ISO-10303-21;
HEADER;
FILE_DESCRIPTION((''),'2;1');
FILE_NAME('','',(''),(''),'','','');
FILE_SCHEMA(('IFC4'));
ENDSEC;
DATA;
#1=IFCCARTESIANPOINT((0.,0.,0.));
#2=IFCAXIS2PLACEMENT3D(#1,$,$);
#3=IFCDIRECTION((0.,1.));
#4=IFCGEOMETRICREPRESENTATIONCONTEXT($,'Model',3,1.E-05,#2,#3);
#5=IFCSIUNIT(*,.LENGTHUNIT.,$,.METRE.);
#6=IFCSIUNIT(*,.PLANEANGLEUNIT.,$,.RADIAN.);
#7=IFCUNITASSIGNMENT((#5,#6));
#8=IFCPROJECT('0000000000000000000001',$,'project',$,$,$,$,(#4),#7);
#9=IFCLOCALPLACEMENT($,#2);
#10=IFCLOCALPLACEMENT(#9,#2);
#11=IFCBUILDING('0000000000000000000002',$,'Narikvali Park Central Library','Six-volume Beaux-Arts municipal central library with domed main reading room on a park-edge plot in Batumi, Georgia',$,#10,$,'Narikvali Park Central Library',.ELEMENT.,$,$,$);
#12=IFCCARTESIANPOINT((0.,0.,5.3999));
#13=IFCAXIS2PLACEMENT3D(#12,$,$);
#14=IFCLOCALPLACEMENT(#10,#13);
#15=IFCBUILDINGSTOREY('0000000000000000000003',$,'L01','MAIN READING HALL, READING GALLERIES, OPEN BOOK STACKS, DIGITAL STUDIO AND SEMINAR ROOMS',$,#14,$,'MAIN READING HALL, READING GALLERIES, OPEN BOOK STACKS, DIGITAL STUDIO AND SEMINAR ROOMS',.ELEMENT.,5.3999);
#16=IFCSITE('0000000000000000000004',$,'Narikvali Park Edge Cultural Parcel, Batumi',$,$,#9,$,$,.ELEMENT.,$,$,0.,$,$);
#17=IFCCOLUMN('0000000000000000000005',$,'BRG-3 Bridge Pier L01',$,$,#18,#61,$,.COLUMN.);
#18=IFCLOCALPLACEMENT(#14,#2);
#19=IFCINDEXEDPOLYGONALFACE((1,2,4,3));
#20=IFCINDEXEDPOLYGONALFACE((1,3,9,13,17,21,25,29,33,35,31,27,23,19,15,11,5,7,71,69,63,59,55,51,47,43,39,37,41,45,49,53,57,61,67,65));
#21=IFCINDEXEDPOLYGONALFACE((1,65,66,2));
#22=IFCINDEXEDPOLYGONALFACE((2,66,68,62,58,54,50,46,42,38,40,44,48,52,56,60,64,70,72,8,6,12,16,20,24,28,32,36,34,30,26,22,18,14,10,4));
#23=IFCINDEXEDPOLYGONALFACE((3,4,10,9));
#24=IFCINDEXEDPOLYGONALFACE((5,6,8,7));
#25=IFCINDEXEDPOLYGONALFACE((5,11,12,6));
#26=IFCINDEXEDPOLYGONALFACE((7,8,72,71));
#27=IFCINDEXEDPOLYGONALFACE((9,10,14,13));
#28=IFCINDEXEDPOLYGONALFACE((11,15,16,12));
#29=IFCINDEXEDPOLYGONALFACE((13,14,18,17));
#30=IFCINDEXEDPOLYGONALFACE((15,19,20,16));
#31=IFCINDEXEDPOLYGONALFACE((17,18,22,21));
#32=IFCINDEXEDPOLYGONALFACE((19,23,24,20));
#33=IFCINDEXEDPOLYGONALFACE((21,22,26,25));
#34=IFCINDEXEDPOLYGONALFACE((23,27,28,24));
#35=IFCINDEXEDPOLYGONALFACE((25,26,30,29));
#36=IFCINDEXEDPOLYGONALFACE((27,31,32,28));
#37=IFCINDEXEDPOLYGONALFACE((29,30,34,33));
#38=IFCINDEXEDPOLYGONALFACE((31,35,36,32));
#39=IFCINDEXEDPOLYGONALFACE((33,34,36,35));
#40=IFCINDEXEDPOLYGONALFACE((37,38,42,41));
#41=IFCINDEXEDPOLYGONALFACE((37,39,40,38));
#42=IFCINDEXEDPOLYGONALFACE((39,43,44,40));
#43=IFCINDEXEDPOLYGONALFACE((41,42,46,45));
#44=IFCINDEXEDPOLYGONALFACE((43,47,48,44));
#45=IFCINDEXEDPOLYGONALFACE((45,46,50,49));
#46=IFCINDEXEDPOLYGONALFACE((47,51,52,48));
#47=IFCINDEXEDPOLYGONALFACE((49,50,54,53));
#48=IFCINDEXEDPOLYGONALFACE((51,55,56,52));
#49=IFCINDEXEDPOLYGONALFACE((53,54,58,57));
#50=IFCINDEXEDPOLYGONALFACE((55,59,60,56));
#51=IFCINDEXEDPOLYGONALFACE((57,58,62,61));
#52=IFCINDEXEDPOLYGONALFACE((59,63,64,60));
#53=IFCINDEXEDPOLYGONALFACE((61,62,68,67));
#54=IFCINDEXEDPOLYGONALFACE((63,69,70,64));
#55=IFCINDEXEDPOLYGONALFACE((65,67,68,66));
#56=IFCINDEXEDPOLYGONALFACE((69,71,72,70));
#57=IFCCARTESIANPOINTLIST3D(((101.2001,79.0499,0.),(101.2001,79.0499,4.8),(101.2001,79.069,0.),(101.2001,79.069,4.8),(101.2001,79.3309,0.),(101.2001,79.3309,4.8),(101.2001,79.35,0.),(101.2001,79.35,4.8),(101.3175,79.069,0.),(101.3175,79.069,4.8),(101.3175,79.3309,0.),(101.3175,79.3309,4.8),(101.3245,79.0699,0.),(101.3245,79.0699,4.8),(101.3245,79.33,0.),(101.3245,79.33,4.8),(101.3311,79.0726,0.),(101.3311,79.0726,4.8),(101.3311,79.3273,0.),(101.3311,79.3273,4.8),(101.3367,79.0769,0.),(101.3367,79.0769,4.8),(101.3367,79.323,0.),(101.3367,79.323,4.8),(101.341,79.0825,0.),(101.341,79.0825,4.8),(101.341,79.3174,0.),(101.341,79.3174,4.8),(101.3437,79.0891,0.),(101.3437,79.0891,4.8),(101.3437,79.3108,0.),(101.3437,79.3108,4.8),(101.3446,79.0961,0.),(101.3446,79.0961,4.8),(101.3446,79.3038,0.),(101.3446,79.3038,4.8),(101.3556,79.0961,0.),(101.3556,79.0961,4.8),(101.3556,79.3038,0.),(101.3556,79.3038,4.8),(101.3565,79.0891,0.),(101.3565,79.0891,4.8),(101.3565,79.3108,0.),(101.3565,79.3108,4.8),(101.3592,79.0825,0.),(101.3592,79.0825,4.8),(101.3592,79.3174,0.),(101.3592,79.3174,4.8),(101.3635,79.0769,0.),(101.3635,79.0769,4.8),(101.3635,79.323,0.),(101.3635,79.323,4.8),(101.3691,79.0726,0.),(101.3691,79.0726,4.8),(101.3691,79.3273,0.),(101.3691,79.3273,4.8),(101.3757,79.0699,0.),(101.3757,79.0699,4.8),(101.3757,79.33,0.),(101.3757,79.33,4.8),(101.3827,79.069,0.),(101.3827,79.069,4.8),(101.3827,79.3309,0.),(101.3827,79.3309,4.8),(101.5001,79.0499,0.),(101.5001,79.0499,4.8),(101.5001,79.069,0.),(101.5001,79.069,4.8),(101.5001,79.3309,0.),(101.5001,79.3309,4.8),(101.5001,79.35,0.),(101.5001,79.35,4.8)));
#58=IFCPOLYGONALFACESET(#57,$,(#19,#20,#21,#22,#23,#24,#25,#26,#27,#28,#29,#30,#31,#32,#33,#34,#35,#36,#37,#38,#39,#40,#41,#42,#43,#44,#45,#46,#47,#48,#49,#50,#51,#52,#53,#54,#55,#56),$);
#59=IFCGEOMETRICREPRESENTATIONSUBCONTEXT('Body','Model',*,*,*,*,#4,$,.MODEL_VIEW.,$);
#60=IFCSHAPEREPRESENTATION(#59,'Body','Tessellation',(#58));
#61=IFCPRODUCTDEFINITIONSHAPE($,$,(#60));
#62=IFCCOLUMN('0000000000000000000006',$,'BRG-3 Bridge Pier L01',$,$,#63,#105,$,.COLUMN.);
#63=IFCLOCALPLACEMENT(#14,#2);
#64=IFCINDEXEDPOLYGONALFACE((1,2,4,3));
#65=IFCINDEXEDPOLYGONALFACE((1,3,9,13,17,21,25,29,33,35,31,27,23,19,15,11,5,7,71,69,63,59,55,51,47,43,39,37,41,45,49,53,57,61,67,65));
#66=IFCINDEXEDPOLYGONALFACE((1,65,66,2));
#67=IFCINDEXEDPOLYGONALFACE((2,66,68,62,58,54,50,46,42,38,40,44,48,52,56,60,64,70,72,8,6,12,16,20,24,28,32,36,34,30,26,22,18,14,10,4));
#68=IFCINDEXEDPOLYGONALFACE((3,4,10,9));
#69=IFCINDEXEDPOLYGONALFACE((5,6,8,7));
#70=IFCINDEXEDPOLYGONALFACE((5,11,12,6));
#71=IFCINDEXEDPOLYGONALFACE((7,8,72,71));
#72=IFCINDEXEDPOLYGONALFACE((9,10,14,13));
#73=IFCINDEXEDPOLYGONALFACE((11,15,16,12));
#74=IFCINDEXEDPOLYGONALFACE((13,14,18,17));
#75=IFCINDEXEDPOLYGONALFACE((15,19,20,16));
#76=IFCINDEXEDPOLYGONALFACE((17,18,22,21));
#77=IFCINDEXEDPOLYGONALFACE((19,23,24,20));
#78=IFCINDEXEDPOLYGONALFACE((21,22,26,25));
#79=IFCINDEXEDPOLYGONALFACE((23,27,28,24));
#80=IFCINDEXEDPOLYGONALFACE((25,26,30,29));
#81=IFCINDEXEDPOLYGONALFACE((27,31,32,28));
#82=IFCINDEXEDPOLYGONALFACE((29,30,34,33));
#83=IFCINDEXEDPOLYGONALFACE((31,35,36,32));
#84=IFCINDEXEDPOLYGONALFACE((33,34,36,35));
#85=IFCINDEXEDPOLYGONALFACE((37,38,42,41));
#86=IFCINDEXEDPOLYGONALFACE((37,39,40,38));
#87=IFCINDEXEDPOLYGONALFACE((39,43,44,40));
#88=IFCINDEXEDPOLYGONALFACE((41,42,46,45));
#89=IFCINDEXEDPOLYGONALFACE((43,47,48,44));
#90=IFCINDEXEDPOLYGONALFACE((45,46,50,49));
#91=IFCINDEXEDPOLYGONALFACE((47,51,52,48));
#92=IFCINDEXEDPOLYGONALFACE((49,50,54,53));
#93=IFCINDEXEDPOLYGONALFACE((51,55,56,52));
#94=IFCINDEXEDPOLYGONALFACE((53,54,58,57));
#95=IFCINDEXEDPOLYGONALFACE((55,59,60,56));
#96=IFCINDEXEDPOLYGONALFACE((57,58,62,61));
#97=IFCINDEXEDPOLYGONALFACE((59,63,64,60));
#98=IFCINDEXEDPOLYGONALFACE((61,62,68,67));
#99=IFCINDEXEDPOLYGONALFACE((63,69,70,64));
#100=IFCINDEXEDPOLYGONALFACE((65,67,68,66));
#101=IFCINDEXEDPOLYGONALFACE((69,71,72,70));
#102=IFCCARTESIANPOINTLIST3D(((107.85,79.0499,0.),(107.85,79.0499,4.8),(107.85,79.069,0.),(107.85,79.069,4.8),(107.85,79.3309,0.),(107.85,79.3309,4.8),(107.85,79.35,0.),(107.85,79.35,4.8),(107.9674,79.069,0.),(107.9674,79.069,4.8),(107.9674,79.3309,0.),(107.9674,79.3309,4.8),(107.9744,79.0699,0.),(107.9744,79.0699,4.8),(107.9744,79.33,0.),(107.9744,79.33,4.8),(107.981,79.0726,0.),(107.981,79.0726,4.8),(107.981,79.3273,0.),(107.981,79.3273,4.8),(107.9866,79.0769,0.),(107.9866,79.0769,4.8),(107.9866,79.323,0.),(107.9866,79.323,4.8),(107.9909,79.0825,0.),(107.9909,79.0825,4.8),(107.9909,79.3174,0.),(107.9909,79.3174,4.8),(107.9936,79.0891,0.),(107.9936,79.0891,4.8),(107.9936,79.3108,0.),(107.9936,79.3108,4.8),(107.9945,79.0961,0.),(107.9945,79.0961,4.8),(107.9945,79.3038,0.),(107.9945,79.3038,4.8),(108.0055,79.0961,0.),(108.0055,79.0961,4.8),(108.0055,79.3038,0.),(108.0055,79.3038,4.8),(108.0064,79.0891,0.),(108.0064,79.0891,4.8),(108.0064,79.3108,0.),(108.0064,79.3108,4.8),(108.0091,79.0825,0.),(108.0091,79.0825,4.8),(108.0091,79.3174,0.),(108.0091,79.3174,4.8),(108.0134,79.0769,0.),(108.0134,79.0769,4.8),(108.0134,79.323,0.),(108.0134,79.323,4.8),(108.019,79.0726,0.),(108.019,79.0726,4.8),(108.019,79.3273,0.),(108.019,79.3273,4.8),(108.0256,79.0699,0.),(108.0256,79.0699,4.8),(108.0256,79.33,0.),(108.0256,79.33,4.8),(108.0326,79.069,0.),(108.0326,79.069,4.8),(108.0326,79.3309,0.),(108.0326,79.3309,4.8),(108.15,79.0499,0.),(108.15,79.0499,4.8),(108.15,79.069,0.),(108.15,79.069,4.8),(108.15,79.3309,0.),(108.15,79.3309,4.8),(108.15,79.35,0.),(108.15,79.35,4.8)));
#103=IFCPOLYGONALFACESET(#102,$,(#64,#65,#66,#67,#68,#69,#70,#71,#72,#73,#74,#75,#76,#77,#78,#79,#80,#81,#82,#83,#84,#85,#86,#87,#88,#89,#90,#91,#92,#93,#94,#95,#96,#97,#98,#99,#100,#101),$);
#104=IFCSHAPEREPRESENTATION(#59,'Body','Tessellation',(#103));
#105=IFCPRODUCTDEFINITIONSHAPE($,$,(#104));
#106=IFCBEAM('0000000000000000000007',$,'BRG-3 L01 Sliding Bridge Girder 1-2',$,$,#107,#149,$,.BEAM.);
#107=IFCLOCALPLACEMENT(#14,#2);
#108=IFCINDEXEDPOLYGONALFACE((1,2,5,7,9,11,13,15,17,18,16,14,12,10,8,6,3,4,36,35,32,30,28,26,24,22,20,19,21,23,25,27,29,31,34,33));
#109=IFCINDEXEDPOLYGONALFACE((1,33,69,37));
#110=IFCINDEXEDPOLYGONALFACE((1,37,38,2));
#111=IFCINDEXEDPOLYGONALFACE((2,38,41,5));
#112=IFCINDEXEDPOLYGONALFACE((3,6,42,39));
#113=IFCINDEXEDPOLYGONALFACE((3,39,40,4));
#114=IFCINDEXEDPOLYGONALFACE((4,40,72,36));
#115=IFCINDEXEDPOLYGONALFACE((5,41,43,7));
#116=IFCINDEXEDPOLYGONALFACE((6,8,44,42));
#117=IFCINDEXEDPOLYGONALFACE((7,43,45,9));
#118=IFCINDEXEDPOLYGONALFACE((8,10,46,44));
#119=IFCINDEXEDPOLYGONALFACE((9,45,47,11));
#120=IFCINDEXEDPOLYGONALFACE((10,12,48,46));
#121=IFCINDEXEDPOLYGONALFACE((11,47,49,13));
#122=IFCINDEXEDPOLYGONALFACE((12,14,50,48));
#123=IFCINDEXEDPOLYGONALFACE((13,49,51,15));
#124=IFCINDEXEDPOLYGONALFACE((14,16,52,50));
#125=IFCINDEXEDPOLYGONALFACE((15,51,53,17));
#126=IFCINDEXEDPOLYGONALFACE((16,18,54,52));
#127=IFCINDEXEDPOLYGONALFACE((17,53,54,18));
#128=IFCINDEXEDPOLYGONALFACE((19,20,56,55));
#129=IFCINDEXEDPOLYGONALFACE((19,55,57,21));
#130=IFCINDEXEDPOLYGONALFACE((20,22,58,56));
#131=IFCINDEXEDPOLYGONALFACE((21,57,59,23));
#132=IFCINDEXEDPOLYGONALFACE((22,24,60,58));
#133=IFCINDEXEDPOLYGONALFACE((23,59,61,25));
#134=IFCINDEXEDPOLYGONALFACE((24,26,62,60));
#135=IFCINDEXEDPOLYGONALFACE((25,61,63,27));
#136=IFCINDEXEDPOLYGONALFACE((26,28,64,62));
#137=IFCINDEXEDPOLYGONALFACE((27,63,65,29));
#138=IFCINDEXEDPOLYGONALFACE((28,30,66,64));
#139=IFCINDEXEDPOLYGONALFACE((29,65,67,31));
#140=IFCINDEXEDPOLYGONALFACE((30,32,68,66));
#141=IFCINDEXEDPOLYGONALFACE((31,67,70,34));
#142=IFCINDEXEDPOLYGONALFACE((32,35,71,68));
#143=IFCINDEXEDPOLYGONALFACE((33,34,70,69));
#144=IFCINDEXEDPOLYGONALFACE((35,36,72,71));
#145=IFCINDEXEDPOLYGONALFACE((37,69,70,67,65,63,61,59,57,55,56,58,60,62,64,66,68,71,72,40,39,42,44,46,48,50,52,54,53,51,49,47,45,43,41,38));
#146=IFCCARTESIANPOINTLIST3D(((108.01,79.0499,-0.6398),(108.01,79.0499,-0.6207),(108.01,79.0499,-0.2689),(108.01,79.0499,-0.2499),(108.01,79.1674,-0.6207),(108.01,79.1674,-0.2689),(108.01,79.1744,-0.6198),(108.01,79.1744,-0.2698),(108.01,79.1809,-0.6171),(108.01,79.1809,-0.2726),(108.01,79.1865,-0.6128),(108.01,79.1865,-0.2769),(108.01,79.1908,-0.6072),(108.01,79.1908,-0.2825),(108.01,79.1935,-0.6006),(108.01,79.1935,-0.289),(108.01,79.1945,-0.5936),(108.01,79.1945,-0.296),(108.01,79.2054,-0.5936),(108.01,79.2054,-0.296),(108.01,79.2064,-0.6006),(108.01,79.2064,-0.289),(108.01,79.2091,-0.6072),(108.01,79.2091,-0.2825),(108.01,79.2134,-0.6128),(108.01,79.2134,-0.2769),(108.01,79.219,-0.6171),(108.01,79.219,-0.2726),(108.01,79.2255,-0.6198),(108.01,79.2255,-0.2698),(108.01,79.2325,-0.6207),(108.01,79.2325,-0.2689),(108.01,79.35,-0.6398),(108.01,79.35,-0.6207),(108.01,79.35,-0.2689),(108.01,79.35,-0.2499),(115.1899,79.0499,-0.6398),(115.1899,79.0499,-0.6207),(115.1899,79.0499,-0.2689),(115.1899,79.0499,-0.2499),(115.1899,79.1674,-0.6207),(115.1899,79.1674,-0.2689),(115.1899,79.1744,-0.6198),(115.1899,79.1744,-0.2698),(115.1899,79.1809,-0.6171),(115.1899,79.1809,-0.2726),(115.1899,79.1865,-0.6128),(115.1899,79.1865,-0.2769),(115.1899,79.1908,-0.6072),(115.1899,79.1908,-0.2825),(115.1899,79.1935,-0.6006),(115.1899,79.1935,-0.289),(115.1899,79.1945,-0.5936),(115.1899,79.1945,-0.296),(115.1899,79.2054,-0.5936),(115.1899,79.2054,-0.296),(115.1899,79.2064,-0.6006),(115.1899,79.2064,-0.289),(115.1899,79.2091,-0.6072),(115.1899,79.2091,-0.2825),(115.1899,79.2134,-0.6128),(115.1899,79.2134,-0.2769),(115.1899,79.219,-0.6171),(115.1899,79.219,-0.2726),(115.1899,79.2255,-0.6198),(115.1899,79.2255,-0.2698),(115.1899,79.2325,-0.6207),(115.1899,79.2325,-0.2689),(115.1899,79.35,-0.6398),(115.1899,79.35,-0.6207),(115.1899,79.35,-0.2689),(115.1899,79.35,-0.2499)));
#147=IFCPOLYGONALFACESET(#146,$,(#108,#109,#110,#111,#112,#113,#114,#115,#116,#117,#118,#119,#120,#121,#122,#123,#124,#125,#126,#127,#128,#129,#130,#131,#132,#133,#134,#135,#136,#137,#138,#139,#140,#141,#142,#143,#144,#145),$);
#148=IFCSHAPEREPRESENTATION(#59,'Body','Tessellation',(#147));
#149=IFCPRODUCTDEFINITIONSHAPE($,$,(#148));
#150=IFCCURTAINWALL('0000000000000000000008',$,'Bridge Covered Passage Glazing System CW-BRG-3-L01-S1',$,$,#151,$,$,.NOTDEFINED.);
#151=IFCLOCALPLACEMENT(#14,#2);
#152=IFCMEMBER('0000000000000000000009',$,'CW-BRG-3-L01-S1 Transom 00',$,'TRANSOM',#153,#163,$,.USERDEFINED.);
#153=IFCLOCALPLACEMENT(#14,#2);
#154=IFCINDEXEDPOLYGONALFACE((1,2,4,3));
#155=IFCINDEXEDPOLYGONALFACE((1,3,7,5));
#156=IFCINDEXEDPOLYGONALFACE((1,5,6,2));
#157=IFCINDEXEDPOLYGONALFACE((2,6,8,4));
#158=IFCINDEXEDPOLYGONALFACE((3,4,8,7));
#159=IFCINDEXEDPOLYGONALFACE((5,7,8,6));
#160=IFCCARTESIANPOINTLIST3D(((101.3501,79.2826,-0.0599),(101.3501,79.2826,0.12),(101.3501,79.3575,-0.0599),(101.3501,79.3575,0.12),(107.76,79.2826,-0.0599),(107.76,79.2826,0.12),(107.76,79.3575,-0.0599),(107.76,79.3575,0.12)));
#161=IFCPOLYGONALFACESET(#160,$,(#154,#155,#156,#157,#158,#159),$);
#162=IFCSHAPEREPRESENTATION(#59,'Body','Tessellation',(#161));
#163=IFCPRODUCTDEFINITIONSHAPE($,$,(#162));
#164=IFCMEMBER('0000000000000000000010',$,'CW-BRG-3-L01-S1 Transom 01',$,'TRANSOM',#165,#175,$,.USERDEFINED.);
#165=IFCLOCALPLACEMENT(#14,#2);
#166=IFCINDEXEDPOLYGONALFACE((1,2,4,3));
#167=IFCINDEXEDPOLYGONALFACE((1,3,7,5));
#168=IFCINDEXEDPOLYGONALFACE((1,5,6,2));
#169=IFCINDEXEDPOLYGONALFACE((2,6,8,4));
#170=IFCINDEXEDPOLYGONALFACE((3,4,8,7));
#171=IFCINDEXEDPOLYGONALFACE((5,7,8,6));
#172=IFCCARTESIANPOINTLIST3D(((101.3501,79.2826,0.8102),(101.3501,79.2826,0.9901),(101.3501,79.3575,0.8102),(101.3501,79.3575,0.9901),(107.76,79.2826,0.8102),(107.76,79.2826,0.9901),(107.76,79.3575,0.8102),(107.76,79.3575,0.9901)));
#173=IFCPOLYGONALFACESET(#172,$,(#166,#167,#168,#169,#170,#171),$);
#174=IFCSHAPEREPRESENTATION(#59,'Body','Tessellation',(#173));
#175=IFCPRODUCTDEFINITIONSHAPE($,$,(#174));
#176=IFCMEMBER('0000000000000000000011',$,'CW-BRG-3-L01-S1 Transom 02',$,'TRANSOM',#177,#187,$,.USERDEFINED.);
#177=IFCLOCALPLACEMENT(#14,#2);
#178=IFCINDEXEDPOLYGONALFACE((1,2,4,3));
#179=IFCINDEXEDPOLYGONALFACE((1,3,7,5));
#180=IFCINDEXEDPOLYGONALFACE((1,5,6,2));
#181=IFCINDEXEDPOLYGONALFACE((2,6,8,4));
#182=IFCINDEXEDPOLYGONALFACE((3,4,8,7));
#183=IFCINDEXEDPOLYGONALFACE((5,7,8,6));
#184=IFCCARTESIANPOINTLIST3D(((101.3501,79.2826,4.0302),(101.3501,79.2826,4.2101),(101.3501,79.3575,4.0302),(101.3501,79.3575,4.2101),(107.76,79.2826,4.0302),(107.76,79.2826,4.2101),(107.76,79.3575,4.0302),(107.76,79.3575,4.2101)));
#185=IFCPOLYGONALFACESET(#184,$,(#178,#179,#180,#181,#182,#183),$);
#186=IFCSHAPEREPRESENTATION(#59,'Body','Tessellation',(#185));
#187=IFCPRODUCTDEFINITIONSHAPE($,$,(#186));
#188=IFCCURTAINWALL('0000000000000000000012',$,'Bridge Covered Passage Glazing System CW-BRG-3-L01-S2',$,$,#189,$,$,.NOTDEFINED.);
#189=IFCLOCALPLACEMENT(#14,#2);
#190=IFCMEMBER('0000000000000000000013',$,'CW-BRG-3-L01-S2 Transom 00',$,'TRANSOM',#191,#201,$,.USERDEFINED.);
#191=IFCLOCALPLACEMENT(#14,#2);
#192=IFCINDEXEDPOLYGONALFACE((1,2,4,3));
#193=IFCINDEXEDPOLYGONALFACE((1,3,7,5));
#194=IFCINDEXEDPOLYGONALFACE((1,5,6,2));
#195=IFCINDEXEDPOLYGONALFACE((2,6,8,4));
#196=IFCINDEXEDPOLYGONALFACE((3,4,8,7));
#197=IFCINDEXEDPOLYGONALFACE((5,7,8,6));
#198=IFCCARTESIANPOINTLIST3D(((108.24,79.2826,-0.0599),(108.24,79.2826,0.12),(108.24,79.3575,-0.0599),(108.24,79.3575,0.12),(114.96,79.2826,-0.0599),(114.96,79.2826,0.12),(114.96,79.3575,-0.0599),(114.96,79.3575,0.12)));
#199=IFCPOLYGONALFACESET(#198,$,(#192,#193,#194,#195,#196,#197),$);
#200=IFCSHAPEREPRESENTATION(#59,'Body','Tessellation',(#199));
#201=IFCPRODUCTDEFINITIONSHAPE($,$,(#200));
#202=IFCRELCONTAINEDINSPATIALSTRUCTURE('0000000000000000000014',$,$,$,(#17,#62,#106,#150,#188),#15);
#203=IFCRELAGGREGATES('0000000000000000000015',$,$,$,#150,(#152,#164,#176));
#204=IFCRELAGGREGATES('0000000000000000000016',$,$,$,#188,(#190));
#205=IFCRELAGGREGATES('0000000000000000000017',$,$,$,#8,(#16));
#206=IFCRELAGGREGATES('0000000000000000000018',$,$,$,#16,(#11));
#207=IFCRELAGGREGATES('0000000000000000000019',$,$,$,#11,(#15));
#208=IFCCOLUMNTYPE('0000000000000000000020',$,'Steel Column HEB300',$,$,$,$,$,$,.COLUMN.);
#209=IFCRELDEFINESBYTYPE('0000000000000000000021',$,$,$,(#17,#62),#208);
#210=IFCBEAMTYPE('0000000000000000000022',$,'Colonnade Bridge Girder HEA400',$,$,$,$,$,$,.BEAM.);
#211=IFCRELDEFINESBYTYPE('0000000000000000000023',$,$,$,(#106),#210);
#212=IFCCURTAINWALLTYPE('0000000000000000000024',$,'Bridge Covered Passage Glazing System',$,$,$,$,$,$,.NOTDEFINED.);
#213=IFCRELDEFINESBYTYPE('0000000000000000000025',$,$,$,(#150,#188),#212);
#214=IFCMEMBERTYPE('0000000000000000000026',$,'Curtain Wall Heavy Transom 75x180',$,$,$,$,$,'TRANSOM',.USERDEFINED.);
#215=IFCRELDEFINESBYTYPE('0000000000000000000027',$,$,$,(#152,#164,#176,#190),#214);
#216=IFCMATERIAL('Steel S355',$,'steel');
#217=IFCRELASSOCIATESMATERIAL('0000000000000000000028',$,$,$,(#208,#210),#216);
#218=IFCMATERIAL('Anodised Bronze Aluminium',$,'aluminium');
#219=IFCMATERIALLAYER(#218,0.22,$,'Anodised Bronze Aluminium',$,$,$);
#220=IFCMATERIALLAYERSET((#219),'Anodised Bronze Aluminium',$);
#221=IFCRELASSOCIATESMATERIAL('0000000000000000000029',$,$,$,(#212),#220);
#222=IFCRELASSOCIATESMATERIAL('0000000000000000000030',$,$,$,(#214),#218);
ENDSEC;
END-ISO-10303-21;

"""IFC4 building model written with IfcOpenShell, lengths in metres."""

from ifc_helpers import new_model, si_unit, direction, frame, origin, origin_2d, place, context, subcontext, project, spatial, rectangle, i_section, extrude, material, layer, layer_set, material_profile, profile_set, type_object, element, aggregate, save


model = new_model("IFC4")

# Units and contexts
model_context = context("Model", 3, precision=1e-05, world=origin(), true_north=direction((0.0, 1.0)))
body_context = subcontext(model_context, "Body", "Model", "MODEL_VIEW")
ifc_project = project(units=[si_unit("LENGTHUNIT", "METRE"), si_unit("PLANEANGLEUNIT", "RADIAN")], contexts=[model_context])

# Site, building, storey
site_placement = place(None, origin())
site = spatial("IfcSite", under=ifc_project, at=site_placement, Name="Narikvali Park Edge Cultural Parcel, Batumi", CompositionType="ELEMENT", RefElevation=0.0)
building_placement = place(site_placement, origin())
building = spatial("IfcBuilding", under=site, at=building_placement, Name="Narikvali Park Central Library", Description="Six-volume Beaux-Arts municipal central library with domed main reading room on a park-edge plot in Batumi, Georgia", LongName="Narikvali Park Central Library", CompositionType="ELEMENT")
storey_placement = place(building_placement, frame((0.0, 0.0, 5.3999)))
storey = spatial("IfcBuildingStorey", under=building, at=storey_placement, Name="L01", Description="MAIN READING HALL, READING GALLERIES, OPEN BOOK STACKS, DIGITAL STUDIO AND SEMINAR ROOMS", LongName="MAIN READING HALL, READING GALLERIES, OPEN BOOK STACKS, DIGITAL STUDIO AND SEMINAR ROOMS", CompositionType="ELEMENT", Elevation=5.3999)

# Columns
ifc_material_1 = material(Name="Steel S355", Category="steel")
ifc_material_profile_1 = material_profile(ifc_material_1, i_section(OverallWidth=0.3, OverallDepth=0.3, WebThickness=0.011, FlangeThickness=0.019, FilletRadius=0.0271, at=origin_2d()), Name="HEB 300")
ifc_profile_set_1 = profile_set([ifc_material_profile_1], Name="Steel S355")
column_type = type_object("IfcColumnType", Name="Steel Column HEB300", PredefinedType="COLUMN", material=ifc_profile_set_1)
for number, where, z_axis, x_axis, name in (
    (1, (101.3501, 79.2, 0.0), (0.0, 0.0, 1.0), (1.0, 0.0, 0.0), "BRG-3 Bridge Pier L01"),
    (2, (108.0, 79.2, 0.0), (0.0, 0.0, 1.0), (1.0, 0.0, 0.0), "BRG-3 Bridge Pier L01"),
):
    element("IfcColumn", number, at=place(storey_placement, frame(where, z_axis=z_axis, x_axis=x_axis)), inside=storey, type_object=column_type, Name=name, PredefinedType="COLUMN", context=body_context, shape_type="SweptSolid", body=[
        extrude(i_section(OverallWidth=0.3, OverallDepth=0.3, WebThickness=0.011, FlangeThickness=0.019, FilletRadius=0.0271, at=origin_2d()), origin(), (0.0, 0.0, 1.0), 4.8),
    ])

# Beam
ifc_material_profile_2 = material_profile(ifc_material_1, i_section(OverallWidth=0.3, OverallDepth=0.3899, WebThickness=0.011, FlangeThickness=0.019, FilletRadius=0.0271, at=origin_2d()), Name="HEA 400")
ifc_profile_set_2 = profile_set([ifc_material_profile_2], Name="Steel S355")
beam_type_1 = type_object("IfcBeamType", Name="Colonnade Bridge Girder HEA400", PredefinedType="BEAM", material=ifc_profile_set_2)
beam_1_placement = place(storey_placement, frame((108.01, 79.2, -0.4448), z_axis=(1.0, 0.0, 0.0), x_axis=(0.0, 1.0, 0.0)))
element("IfcBeam", 3, at=beam_1_placement, inside=storey, type_object=beam_type_1, Name="BRG-3 L01 Sliding Bridge Girder 1-2", PredefinedType="BEAM", context=body_context, shape_type="SweptSolid", body=[
    extrude(i_section(OverallWidth=0.3, OverallDepth=0.3899, WebThickness=0.011, FlangeThickness=0.019, FilletRadius=0.0271, at=origin_2d()), origin(), (0.0, 0.0, 1.0), 7.1799),
])

# Curtain walls, members
ifc_material_2 = material(Name="Anodised Bronze Aluminium", Category="aluminium")
ifc_layer_1 = layer(ifc_material_2, 0.22, Name="Anodised Bronze Aluminium")
ifc_layer_set_1 = layer_set([ifc_layer_1], Name="Anodised Bronze Aluminium")
curtain_wall_type = type_object("IfcCurtainWallType", Name="Bridge Covered Passage Glazing System", PredefinedType="NOTDEFINED", material=ifc_layer_set_1)
curtain_wall_1_placement = place(storey_placement, origin())
curtain_wall_1 = element("IfcCurtainWall", 4, at=curtain_wall_1_placement, inside=storey, type_object=curtain_wall_type, Name="Bridge Covered Passage Glazing System CW-BRG-3-L01-S1", PredefinedType="NOTDEFINED")
ifc_material_profile_3 = material_profile(ifc_material_2, rectangle(XDim=0.075, YDim=0.1799, at=origin_2d()), Name="CW TRANSOM 75x180")
ifc_profile_set_3 = profile_set([ifc_material_profile_3], Name="Anodised Bronze Aluminium")
member_type_1 = type_object("IfcMemberType", Name="Curtain Wall Heavy Transom 75x180", ElementType="TRANSOM", PredefinedType="USERDEFINED", material=ifc_profile_set_3)
member_1_placement = place(storey_placement, frame((101.3501, 79.3201, 0.03), z_axis=(1.0, 0.0, 0.0), x_axis=(0.0, 1.0, 0.0)))
member_1 = element("IfcMember", 5, at=member_1_placement, type_object=member_type_1, Name="CW-BRG-3-L01-S1 Transom 00", ObjectType="TRANSOM", PredefinedType="USERDEFINED", context=body_context, shape_type="SweptSolid", body=[
    extrude(rectangle(XDim=0.075, YDim=0.1799, at=origin_2d()), origin(), (0.0, 0.0, 1.0), 6.4099),
])
member_2_placement = place(storey_placement, frame((101.3501, 79.3201, 0.9001), z_axis=(1.0, 0.0, 0.0), x_axis=(0.0, 1.0, 0.0)))
member_2 = element("IfcMember", 6, at=member_2_placement, type_object=member_type_1, Name="CW-BRG-3-L01-S1 Transom 01", ObjectType="TRANSOM", PredefinedType="USERDEFINED", context=body_context, shape_type="SweptSolid", body=[
    extrude(rectangle(XDim=0.075, YDim=0.1799, at=origin_2d()), origin(), (0.0, 0.0, 1.0), 6.4099),
])
member_3_placement = place(storey_placement, frame((101.3501, 79.3201, 4.1201), z_axis=(1.0, 0.0, 0.0), x_axis=(0.0, 1.0, 0.0)))
member_3 = element("IfcMember", 7, at=member_3_placement, type_object=member_type_1, Name="CW-BRG-3-L01-S1 Transom 02", ObjectType="TRANSOM", PredefinedType="USERDEFINED", context=body_context, shape_type="SweptSolid", body=[
    extrude(rectangle(XDim=0.075, YDim=0.1799, at=origin_2d()), origin(), (0.0, 0.0, 1.0), 6.4099),
])
curtain_wall_2_placement = place(storey_placement, origin())
curtain_wall_2 = element("IfcCurtainWall", 8, at=curtain_wall_2_placement, inside=storey, type_object=curtain_wall_type, Name="Bridge Covered Passage Glazing System CW-BRG-3-L01-S2", PredefinedType="NOTDEFINED")
member_4_placement = place(storey_placement, frame((108.24, 79.3201, 0.03), z_axis=(1.0, 0.0, 0.0), x_axis=(0.0, 1.0, 0.0)))
member_4 = element("IfcMember", 9, at=member_4_placement, type_object=member_type_1, Name="CW-BRG-3-L01-S2 Transom 00", ObjectType="TRANSOM", PredefinedType="USERDEFINED", context=body_context, shape_type="SweptSolid", body=[
    extrude(rectangle(XDim=0.075, YDim=0.1799, at=origin_2d()), origin(), (0.0, 0.0, 1.0), 6.72),
])

aggregate(curtain_wall_1, [member_1, member_2, member_3])
aggregate(curtain_wall_2, [member_4])

save(model, "model.ifc")
